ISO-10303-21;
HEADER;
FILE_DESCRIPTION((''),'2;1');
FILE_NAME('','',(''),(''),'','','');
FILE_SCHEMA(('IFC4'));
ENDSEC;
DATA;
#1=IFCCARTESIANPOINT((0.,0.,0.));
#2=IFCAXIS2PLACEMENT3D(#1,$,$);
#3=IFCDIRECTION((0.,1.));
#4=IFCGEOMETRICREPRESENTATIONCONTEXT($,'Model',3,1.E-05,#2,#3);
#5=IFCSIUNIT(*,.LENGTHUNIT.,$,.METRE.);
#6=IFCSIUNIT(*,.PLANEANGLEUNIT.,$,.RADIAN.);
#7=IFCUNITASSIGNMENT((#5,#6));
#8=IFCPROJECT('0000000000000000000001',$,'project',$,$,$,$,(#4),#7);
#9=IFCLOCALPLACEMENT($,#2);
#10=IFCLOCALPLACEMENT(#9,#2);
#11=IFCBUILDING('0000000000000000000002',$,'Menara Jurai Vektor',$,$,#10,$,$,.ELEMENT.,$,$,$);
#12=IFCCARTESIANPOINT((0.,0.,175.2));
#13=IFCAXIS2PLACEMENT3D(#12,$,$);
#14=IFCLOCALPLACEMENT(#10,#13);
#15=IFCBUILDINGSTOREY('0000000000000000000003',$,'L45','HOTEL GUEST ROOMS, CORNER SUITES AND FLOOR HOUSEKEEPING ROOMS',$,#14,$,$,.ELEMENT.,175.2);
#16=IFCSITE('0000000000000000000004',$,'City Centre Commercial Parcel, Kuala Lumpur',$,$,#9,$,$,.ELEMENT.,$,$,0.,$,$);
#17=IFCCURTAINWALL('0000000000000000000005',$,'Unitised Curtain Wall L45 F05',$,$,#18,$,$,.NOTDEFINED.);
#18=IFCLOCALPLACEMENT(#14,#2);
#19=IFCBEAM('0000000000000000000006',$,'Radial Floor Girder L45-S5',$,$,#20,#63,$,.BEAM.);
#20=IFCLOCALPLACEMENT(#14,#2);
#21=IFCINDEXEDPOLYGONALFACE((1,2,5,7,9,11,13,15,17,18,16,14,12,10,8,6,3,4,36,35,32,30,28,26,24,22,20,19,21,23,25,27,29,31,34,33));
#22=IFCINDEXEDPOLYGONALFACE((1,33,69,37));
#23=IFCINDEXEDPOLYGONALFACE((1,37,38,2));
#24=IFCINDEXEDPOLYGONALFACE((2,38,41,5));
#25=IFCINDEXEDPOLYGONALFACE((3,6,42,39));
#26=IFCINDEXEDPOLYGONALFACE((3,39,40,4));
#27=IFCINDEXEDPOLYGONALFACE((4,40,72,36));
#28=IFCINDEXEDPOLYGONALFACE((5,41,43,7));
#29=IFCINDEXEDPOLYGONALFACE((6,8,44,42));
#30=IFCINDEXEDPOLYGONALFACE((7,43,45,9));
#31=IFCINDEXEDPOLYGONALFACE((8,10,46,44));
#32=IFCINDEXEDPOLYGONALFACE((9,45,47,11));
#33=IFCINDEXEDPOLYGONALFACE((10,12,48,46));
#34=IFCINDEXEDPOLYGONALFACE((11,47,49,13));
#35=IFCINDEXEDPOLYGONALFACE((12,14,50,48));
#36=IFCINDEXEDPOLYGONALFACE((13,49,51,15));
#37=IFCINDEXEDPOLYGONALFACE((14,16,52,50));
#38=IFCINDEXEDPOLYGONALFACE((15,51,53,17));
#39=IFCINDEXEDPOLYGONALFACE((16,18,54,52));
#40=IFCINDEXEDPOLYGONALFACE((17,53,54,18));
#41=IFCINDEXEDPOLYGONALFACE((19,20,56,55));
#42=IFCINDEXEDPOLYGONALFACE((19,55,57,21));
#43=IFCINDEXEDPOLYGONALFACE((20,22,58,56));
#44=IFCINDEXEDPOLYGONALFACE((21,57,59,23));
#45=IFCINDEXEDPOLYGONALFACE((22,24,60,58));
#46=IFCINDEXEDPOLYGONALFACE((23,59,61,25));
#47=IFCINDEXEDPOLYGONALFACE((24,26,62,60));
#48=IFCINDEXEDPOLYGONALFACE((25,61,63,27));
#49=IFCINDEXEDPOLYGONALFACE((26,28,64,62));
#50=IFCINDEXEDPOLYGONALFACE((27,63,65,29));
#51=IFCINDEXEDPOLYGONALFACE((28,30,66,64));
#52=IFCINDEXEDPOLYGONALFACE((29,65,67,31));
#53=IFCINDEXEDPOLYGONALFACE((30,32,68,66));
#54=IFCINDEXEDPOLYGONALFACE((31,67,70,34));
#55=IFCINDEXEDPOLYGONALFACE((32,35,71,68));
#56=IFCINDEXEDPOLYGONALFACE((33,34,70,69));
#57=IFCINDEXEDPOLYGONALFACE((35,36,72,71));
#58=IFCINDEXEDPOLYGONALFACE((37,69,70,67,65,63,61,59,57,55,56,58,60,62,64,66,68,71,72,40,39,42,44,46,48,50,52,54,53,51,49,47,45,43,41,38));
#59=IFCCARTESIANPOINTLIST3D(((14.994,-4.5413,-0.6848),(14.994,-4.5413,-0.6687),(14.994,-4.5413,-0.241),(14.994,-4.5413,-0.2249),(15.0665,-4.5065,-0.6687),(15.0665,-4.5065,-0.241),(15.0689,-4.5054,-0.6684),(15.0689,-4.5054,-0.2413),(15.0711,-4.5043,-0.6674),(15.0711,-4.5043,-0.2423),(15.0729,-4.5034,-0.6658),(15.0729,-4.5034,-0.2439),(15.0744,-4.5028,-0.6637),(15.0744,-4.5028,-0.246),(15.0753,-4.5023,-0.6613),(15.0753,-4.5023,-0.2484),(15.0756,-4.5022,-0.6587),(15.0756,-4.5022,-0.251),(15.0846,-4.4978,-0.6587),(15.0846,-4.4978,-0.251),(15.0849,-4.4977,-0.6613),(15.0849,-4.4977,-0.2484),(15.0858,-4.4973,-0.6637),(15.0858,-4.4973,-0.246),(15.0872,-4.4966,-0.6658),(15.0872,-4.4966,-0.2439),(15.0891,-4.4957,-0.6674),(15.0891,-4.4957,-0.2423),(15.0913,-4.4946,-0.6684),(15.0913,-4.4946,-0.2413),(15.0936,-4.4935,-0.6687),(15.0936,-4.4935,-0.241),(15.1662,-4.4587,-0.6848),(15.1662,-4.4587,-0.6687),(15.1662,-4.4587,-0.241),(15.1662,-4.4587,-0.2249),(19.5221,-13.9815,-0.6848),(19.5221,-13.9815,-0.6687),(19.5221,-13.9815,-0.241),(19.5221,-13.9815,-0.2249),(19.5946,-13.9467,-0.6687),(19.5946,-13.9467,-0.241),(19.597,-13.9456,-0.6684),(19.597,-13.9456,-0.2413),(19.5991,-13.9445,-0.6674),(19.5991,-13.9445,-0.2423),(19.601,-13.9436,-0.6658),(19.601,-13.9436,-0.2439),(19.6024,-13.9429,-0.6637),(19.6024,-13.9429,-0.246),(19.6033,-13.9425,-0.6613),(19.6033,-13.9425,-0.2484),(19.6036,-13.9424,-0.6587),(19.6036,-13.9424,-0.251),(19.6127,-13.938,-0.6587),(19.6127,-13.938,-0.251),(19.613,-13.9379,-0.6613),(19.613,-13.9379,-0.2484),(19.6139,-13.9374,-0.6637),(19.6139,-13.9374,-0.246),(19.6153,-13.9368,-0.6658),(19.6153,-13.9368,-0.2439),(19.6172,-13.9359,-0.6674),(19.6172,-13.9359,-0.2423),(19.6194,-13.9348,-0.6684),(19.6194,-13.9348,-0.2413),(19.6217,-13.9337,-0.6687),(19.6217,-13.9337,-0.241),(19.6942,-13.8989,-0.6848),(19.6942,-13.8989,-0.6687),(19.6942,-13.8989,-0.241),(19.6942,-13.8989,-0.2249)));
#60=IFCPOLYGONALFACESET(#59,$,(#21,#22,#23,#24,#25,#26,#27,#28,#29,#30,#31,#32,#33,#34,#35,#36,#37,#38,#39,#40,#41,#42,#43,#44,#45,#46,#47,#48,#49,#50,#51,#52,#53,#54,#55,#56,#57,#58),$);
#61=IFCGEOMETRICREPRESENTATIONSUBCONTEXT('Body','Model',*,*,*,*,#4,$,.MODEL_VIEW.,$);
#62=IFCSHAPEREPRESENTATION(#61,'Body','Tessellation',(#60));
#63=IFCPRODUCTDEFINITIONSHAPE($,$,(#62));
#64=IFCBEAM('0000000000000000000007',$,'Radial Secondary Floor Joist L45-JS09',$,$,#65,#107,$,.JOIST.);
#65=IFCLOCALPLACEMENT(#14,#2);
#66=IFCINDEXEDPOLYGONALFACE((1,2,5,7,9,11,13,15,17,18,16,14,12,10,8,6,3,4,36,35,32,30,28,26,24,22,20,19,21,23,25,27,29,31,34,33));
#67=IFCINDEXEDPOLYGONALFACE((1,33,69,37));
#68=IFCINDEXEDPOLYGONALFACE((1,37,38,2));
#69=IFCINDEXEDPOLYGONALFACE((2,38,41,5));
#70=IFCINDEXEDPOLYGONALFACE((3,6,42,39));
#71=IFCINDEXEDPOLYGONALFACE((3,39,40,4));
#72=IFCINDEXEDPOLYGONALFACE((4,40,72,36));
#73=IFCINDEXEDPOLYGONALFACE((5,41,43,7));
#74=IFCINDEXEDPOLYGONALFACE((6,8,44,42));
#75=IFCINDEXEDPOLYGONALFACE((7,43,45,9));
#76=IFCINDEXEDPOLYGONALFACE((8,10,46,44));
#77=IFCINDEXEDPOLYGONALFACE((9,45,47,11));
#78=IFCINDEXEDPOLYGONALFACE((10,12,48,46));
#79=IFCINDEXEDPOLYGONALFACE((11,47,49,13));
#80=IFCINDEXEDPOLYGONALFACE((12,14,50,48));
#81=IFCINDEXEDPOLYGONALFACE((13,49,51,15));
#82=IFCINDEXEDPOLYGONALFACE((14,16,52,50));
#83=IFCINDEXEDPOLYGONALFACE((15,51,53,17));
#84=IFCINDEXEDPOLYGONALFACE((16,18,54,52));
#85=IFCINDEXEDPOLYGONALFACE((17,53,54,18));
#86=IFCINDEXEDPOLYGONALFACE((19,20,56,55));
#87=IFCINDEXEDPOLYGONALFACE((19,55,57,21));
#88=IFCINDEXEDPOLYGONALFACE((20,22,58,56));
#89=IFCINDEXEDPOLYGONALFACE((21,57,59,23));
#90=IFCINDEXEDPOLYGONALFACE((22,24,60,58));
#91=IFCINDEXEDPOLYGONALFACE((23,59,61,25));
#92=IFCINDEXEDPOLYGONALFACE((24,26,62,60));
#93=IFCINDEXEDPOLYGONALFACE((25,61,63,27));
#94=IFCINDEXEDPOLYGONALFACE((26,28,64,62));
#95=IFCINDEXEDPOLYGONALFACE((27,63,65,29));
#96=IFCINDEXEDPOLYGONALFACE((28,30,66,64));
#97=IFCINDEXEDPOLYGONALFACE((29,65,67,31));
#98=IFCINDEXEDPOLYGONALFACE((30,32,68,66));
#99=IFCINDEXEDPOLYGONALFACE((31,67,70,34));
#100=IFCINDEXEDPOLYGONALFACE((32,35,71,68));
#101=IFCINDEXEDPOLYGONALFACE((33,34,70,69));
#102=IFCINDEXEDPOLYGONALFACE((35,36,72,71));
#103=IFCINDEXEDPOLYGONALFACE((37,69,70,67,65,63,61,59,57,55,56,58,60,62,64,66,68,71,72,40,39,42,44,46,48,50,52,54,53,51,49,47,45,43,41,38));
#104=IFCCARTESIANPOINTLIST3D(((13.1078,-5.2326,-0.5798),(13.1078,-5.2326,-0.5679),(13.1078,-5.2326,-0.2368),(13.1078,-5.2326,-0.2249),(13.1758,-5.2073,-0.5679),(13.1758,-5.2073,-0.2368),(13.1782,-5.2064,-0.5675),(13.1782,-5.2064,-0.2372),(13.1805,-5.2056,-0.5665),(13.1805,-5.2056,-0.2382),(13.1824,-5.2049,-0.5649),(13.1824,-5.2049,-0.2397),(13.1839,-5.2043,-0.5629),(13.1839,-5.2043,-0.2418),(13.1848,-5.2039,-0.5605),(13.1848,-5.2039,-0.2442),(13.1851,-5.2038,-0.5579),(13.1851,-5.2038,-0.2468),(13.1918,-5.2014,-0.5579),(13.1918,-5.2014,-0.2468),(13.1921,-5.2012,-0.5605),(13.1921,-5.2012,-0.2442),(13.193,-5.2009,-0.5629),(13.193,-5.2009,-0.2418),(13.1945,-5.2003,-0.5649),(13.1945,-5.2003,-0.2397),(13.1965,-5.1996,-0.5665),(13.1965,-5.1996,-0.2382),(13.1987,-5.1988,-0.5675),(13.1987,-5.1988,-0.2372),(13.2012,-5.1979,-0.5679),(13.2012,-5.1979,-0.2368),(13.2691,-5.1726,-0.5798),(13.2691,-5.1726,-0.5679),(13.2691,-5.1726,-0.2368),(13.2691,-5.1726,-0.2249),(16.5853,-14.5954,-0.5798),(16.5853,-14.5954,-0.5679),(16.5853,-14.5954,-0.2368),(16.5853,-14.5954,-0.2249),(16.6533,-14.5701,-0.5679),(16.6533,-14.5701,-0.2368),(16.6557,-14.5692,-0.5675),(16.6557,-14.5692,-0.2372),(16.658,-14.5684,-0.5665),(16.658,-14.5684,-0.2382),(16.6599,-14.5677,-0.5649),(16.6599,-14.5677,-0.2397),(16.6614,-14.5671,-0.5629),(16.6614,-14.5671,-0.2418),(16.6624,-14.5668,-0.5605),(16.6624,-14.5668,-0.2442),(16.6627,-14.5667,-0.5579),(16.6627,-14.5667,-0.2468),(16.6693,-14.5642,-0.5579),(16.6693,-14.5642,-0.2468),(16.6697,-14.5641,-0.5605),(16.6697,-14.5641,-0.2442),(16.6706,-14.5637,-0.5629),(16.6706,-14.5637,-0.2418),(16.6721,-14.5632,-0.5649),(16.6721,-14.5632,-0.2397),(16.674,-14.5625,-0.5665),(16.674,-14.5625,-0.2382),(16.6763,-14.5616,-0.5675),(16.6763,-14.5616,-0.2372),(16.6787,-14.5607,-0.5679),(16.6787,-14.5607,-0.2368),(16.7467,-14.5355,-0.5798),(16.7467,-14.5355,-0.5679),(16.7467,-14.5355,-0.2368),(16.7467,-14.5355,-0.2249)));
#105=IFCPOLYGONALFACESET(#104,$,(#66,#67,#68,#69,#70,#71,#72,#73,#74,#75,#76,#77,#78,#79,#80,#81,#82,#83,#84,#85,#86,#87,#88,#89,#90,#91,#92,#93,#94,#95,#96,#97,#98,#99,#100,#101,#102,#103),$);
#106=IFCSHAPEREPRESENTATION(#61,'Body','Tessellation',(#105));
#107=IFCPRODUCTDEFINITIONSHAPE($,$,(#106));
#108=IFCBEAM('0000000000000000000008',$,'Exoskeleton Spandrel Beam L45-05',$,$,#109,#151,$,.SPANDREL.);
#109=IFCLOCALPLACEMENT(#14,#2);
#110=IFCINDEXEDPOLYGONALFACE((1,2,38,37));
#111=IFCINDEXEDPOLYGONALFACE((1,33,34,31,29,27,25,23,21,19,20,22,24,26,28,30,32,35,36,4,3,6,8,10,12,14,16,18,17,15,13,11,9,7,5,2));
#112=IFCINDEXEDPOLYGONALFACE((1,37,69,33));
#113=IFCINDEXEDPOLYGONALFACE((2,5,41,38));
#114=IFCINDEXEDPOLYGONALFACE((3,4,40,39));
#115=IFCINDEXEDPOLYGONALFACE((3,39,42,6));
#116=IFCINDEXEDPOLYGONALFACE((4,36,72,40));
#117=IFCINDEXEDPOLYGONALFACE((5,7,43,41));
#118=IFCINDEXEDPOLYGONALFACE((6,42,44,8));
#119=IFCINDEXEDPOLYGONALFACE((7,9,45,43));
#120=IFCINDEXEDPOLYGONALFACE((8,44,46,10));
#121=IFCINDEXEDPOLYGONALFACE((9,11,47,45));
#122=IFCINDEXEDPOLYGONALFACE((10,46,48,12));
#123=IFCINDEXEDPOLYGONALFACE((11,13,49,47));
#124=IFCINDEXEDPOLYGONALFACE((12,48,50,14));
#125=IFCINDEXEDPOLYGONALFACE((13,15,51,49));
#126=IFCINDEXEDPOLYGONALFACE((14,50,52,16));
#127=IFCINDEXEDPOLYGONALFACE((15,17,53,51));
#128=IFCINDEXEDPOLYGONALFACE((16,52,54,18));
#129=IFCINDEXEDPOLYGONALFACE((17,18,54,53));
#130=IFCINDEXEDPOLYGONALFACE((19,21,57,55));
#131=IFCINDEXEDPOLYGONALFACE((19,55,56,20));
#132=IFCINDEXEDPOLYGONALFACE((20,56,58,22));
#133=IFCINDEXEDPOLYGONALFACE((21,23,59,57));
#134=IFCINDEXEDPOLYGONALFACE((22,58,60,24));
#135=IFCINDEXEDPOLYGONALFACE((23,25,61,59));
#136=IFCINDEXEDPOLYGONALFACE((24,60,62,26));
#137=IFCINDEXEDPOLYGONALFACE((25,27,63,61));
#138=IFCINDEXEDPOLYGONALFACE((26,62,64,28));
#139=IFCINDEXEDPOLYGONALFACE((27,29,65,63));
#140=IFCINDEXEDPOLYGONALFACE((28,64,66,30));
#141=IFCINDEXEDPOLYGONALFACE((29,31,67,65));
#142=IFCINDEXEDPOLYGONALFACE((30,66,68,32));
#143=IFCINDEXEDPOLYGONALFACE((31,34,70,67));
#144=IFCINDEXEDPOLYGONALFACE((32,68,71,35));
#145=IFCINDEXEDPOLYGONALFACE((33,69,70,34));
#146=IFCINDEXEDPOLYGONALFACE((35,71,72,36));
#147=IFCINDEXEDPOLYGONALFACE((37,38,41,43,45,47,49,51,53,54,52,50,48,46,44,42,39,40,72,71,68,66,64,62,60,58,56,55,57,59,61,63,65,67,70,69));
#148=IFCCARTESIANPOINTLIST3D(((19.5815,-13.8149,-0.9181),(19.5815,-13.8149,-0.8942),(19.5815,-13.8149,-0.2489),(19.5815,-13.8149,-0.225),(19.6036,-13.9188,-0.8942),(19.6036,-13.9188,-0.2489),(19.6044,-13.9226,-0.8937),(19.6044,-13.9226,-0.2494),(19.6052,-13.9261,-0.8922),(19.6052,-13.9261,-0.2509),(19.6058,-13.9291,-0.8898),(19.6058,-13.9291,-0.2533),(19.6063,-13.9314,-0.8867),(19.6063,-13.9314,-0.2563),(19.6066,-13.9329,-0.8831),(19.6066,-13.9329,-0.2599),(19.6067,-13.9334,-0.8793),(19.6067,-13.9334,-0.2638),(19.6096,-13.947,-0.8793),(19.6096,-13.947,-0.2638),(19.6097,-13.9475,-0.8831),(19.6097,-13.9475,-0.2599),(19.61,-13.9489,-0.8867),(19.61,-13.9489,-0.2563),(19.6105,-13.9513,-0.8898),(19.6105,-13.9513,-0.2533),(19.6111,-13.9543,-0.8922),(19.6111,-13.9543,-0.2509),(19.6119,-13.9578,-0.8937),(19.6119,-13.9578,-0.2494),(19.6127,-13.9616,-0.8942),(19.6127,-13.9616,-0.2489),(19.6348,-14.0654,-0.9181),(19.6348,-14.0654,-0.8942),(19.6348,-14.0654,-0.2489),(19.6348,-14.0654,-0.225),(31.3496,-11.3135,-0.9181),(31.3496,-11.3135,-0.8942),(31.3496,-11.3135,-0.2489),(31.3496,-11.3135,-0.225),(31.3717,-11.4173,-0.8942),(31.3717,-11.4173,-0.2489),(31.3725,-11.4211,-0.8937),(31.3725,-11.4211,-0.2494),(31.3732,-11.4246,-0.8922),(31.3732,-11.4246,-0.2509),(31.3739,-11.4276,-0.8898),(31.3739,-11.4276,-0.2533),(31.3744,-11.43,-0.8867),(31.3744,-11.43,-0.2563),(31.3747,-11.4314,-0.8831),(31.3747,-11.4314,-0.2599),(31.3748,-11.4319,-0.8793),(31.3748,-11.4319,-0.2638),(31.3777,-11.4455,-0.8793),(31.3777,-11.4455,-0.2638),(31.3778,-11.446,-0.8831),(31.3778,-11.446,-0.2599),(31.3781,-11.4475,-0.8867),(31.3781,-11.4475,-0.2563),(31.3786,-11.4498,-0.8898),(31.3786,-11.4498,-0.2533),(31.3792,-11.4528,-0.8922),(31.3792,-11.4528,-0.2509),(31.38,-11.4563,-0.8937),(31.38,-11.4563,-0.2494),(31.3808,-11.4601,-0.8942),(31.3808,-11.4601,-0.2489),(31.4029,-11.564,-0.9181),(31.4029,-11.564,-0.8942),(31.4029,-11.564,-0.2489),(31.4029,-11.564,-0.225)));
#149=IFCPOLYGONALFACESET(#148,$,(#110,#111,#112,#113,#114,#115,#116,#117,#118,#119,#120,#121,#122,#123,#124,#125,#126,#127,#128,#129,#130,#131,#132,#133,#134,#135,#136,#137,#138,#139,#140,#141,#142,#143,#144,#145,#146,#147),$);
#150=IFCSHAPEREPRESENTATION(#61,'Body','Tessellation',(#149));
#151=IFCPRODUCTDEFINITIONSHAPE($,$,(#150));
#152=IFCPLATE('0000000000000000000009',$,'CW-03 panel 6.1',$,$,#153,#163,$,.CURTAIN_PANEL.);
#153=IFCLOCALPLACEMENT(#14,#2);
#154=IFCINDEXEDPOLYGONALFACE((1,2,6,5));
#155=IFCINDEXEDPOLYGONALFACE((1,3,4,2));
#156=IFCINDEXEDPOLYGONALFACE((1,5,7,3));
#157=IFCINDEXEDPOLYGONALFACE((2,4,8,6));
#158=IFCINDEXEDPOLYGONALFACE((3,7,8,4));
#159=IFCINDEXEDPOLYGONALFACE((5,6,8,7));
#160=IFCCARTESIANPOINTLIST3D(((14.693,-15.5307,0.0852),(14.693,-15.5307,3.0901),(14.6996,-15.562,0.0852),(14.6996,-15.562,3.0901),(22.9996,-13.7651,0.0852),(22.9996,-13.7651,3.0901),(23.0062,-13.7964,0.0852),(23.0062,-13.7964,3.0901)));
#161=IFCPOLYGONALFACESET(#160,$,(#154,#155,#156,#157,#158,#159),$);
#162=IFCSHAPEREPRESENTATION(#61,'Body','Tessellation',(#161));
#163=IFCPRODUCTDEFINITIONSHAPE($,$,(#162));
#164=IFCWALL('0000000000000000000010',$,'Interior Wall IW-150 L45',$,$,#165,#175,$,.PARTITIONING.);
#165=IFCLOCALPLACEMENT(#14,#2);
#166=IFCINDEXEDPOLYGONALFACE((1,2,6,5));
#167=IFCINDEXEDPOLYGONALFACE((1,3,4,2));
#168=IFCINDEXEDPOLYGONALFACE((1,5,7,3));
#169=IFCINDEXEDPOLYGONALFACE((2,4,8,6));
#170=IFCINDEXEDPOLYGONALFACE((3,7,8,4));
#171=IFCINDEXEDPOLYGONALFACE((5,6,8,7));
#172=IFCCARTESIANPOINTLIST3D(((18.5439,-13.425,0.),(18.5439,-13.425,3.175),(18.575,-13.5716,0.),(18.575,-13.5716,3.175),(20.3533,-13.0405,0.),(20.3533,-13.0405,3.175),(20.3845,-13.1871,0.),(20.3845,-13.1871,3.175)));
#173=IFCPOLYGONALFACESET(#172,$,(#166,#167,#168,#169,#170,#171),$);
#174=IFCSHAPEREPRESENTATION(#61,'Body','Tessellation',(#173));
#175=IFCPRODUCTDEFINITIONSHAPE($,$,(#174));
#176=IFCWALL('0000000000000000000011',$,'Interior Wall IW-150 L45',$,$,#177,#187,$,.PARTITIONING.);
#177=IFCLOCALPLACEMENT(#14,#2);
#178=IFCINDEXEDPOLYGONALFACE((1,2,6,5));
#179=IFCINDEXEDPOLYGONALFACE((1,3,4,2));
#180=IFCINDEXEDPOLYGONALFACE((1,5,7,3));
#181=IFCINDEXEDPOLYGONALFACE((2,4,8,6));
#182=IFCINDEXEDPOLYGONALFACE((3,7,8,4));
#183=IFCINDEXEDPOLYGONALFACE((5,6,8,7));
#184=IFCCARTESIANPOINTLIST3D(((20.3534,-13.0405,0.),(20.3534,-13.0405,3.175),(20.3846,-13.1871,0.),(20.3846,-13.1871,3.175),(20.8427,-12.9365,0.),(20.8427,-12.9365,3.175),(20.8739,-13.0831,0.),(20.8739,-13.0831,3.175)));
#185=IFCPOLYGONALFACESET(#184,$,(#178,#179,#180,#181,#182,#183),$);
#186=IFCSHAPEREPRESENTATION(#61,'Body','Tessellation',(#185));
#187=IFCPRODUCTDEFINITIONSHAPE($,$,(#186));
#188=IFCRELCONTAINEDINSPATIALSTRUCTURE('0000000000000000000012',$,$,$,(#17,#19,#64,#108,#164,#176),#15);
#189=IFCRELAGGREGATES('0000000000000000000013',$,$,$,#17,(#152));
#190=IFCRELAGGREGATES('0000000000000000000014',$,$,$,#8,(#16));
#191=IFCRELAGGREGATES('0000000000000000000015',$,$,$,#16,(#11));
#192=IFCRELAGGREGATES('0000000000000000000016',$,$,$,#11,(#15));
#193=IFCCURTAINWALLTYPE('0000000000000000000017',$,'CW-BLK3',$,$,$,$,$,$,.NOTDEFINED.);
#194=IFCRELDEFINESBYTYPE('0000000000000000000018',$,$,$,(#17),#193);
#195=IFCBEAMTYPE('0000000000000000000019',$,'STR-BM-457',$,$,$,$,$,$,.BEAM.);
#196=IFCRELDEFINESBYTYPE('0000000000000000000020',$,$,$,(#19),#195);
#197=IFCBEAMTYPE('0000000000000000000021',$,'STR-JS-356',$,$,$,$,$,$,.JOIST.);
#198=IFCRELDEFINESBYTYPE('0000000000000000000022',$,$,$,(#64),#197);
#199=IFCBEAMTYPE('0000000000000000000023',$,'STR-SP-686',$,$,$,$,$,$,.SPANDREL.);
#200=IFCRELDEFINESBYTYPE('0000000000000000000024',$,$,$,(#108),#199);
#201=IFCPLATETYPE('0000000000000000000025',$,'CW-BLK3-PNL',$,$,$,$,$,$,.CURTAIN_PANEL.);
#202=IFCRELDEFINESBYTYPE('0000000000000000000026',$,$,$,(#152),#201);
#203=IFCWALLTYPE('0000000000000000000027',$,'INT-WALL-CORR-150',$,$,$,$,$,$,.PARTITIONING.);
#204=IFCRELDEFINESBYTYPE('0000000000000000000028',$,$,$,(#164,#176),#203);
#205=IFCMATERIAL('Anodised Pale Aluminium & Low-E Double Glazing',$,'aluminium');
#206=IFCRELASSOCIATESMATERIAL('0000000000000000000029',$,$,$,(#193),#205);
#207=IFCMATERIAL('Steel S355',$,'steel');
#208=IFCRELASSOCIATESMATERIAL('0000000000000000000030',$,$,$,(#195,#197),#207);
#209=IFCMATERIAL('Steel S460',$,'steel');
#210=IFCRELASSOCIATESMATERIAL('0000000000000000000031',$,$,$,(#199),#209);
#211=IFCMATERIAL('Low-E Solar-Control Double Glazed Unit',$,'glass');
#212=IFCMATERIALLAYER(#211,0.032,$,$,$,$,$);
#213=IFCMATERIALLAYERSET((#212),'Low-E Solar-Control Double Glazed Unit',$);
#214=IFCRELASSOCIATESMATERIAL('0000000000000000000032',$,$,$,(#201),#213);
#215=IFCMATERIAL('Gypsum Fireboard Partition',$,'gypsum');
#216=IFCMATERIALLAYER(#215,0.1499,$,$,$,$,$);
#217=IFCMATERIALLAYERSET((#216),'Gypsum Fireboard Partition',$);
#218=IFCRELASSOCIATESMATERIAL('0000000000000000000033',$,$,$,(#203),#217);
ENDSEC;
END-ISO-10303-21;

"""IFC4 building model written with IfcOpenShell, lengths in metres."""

from ifc_helpers import new_model, si_unit, direction, frame, frame_2d, origin, origin_2d, place, context, subcontext, project, spatial, rectangle, i_section, extrude, material, layer, layer_set, material_profile, profile_set, type_object, element, aggregate, save


model = new_model("IFC4")

# Units and contexts
model_context = context("Model", 3, precision=1e-05, world=origin(), true_north=direction((0.0, 1.0)))
body_context = subcontext(model_context, "Body", "Model", "MODEL_VIEW")
ifc_project = project(units=[si_unit("LENGTHUNIT", "METRE"), si_unit("PLANEANGLEUNIT", "RADIAN")], contexts=[model_context])

# Site, building, storey
site_placement = place(None, origin())
site = spatial("IfcSite", under=ifc_project, at=site_placement, Name="City Centre Commercial Parcel, Kuala Lumpur", CompositionType="ELEMENT", RefElevation=0.0)
building_placement = place(site_placement, origin())
building = spatial("IfcBuilding", under=site, at=building_placement, Name="Menara Jurai Vektor", CompositionType="ELEMENT")
storey_placement = place(building_placement, frame((0.0, 0.0, 175.2)))
storey = spatial("IfcBuildingStorey", under=building, at=storey_placement, Name="L45", Description="HOTEL GUEST ROOMS, CORNER SUITES AND FLOOR HOUSEKEEPING ROOMS", CompositionType="ELEMENT", Elevation=175.2)

# Shared definitions
ifc_material_1 = material(Name="Steel S460", Category="steel")

# Curtain wall
ifc_material_2 = material(Name="Anodised Pale Aluminium & Low-E Double Glazing", Category="aluminium")
curtain_wall_type = type_object("IfcCurtainWallType", Name="CW-BLK3", PredefinedType="NOTDEFINED", material=ifc_material_2)
curtain_wall_placement = place(storey_placement, origin())
curtain_wall = element("IfcCurtainWall", 1, at=curtain_wall_placement, inside=storey, type_object=curtain_wall_type, Name="Unitised Curtain Wall L45 F05", PredefinedType="NOTDEFINED")

# Beams
ifc_material_3 = material(Name="Steel S355", Category="steel")
ifc_material_profile_1 = material_profile(ifc_material_3, i_section(OverallWidth=0.1909, OverallDepth=0.46, WebThickness=0.01, FlangeThickness=0.0161, FilletRadius=0.01, at=origin_2d()), Name="UKB 457x191x82")
ifc_profile_set_1 = profile_set([ifc_material_profile_1], Name="Steel S355")
beam_type_1 = type_object("IfcBeamType", Name="STR-BM-457", PredefinedType="BEAM", material=ifc_profile_set_1)
beam_1_placement = place(storey_placement, frame((19.6082, -13.9402, -0.4548), z_axis=(-0.432482, 0.901643, 0.0), x_axis=(-0.901643, -0.432482, 0.0)))
element("IfcBeam", 2, at=beam_1_placement, inside=storey, type_object=beam_type_1, Name="Radial Floor Girder L45-S5", PredefinedType="BEAM", context=body_context, shape_type="SweptSolid", body=[
    extrude(i_section(OverallWidth=0.1909, OverallDepth=0.46, WebThickness=0.01, FlangeThickness=0.0161, FilletRadius=0.01, at=origin_2d()), origin(), (0.0, 0.0, 1.0), 10.47),
])
ifc_material_profile_2 = material_profile(ifc_material_3, i_section(OverallWidth=0.1721, OverallDepth=0.355, WebThickness=0.0071, FlangeThickness=0.012, FilletRadius=0.01, at=origin_2d()), Name="UKB 356x171x51")
ifc_profile_set_2 = profile_set([ifc_material_profile_2], Name="Steel S355")
beam_type_2 = type_object("IfcBeamType", Name="STR-JS-356", PredefinedType="JOIST", material=ifc_profile_set_2)
beam_2_placement = place(storey_placement, frame((16.666, -14.5654, -0.4023), z_axis=(-0.34818, 0.937428, 0.0), x_axis=(-0.937428, -0.34818, 0.0)))
element("IfcBeam", 3, at=beam_2_placement, inside=storey, type_object=beam_type_2, Name="Radial Secondary Floor Joist L45-JS09", PredefinedType="JOIST", context=body_context, shape_type="SweptSolid", body=[
    extrude(i_section(OverallWidth=0.1721, OverallDepth=0.355, WebThickness=0.0071, FlangeThickness=0.012, FilletRadius=0.01, at=origin_2d()), origin(), (0.0, 0.0, 1.0), 9.9878),
])
ifc_material_profile_3 = material_profile(ifc_material_1, i_section(OverallWidth=0.2561, OverallDepth=0.6931, WebThickness=0.0139, FlangeThickness=0.0239, FilletRadius=0.0149, at=origin_2d()), Name="UKB 686x254x170")
ifc_profile_set_3 = profile_set([ifc_material_profile_3], Name="Steel S460")
beam_type_3 = type_object("IfcBeamType", Name="STR-SP-686", PredefinedType="SPANDREL", material=ifc_profile_set_3)
beam_3_placement = place(storey_placement, frame((19.6082, -13.9402, -0.5715), z_axis=(0.978146, 0.207918, 0.0), x_axis=(-0.207918, 0.978146, 0.0)))
element("IfcBeam", 4, at=beam_3_placement, inside=storey, type_object=beam_type_3, Name="Exoskeleton Spandrel Beam L45-05", PredefinedType="SPANDREL", context=body_context, shape_type="SweptSolid", body=[
    extrude(i_section(OverallWidth=0.2561, OverallDepth=0.6931, WebThickness=0.0139, FlangeThickness=0.0239, FilletRadius=0.0149, at=origin_2d()), origin(), (0.0, 0.0, 1.0), 12.031),
])

# Plate
ifc_material_4 = material(Name="Low-E Solar-Control Double Glazed Unit", Category="glass")
ifc_layer_1 = layer(ifc_material_4, 0.032)
ifc_layer_set_1 = layer_set([ifc_layer_1], Name="Low-E Solar-Control Double Glazed Unit")
plate_type = type_object("IfcPlateType", Name="CW-BLK3-PNL", PredefinedType="CURTAIN_PANEL", material=ifc_layer_set_1)
plate_placement = place(storey_placement, frame((18.8496, -14.6636, 0.0852), z_axis=(0.0, 0.0, 1.0), x_axis=(0.978148, 0.207911, 0.0)))
plate = element("IfcPlate", 5, at=plate_placement, type_object=plate_type, Name="CW-03 panel 6.1", PredefinedType="CURTAIN_PANEL", context=body_context, shape_type="SweptSolid", body=[
    extrude(rectangle(XDim=8.4922, YDim=0.032, at=origin_2d()), origin(), (0.0, 0.0, 1.0), 3.0049),
])
aggregate(curtain_wall, [plate])

# Walls
ifc_material_5 = material(Name="Gypsum Fireboard Partition", Category="gypsum")
ifc_layer_2 = layer(ifc_material_5, 0.1499)
ifc_layer_set_2 = layer_set([ifc_layer_2], Name="Gypsum Fireboard Partition")
wall_type_1 = type_object("IfcWallType", Name="INT-WALL-CORR-150", PredefinedType="PARTITIONING", material=ifc_layer_set_2)
wall_1_placement = place(storey_placement, frame((18.5596, -13.4983, 0.0), z_axis=(0.0, 0.0, 1.0), x_axis=(0.97816, 0.207852, 0.0)))
element("IfcWall", 6, at=wall_1_placement, inside=storey, type_object=wall_type_1, Name="Interior Wall IW-150 L45", PredefinedType="PARTITIONING", context=body_context, shape_type="SweptSolid", body=[
    extrude(rectangle(XDim=1.8499, YDim=0.1499, at=frame_2d((0.9248, 0.0))), origin(), (0.0, 0.0, 1.0), 3.175),
])
wall_2_placement = place(storey_placement, frame((20.3691, -13.1138, 0.0), z_axis=(0.0, 0.0, 1.0), x_axis=(0.978144, 0.207929, 0.0)))
element("IfcWall", 7, at=wall_2_placement, inside=storey, type_object=wall_type_1, Name="Interior Wall IW-150 L45", PredefinedType="PARTITIONING", context=body_context, shape_type="SweptSolid", body=[
    extrude(rectangle(XDim=0.5002, YDim=0.1499, at=frame_2d((0.25, 0.0))), origin(), (0.0, 0.0, 1.0), 3.175),
])

save(model, "model.ifc")
